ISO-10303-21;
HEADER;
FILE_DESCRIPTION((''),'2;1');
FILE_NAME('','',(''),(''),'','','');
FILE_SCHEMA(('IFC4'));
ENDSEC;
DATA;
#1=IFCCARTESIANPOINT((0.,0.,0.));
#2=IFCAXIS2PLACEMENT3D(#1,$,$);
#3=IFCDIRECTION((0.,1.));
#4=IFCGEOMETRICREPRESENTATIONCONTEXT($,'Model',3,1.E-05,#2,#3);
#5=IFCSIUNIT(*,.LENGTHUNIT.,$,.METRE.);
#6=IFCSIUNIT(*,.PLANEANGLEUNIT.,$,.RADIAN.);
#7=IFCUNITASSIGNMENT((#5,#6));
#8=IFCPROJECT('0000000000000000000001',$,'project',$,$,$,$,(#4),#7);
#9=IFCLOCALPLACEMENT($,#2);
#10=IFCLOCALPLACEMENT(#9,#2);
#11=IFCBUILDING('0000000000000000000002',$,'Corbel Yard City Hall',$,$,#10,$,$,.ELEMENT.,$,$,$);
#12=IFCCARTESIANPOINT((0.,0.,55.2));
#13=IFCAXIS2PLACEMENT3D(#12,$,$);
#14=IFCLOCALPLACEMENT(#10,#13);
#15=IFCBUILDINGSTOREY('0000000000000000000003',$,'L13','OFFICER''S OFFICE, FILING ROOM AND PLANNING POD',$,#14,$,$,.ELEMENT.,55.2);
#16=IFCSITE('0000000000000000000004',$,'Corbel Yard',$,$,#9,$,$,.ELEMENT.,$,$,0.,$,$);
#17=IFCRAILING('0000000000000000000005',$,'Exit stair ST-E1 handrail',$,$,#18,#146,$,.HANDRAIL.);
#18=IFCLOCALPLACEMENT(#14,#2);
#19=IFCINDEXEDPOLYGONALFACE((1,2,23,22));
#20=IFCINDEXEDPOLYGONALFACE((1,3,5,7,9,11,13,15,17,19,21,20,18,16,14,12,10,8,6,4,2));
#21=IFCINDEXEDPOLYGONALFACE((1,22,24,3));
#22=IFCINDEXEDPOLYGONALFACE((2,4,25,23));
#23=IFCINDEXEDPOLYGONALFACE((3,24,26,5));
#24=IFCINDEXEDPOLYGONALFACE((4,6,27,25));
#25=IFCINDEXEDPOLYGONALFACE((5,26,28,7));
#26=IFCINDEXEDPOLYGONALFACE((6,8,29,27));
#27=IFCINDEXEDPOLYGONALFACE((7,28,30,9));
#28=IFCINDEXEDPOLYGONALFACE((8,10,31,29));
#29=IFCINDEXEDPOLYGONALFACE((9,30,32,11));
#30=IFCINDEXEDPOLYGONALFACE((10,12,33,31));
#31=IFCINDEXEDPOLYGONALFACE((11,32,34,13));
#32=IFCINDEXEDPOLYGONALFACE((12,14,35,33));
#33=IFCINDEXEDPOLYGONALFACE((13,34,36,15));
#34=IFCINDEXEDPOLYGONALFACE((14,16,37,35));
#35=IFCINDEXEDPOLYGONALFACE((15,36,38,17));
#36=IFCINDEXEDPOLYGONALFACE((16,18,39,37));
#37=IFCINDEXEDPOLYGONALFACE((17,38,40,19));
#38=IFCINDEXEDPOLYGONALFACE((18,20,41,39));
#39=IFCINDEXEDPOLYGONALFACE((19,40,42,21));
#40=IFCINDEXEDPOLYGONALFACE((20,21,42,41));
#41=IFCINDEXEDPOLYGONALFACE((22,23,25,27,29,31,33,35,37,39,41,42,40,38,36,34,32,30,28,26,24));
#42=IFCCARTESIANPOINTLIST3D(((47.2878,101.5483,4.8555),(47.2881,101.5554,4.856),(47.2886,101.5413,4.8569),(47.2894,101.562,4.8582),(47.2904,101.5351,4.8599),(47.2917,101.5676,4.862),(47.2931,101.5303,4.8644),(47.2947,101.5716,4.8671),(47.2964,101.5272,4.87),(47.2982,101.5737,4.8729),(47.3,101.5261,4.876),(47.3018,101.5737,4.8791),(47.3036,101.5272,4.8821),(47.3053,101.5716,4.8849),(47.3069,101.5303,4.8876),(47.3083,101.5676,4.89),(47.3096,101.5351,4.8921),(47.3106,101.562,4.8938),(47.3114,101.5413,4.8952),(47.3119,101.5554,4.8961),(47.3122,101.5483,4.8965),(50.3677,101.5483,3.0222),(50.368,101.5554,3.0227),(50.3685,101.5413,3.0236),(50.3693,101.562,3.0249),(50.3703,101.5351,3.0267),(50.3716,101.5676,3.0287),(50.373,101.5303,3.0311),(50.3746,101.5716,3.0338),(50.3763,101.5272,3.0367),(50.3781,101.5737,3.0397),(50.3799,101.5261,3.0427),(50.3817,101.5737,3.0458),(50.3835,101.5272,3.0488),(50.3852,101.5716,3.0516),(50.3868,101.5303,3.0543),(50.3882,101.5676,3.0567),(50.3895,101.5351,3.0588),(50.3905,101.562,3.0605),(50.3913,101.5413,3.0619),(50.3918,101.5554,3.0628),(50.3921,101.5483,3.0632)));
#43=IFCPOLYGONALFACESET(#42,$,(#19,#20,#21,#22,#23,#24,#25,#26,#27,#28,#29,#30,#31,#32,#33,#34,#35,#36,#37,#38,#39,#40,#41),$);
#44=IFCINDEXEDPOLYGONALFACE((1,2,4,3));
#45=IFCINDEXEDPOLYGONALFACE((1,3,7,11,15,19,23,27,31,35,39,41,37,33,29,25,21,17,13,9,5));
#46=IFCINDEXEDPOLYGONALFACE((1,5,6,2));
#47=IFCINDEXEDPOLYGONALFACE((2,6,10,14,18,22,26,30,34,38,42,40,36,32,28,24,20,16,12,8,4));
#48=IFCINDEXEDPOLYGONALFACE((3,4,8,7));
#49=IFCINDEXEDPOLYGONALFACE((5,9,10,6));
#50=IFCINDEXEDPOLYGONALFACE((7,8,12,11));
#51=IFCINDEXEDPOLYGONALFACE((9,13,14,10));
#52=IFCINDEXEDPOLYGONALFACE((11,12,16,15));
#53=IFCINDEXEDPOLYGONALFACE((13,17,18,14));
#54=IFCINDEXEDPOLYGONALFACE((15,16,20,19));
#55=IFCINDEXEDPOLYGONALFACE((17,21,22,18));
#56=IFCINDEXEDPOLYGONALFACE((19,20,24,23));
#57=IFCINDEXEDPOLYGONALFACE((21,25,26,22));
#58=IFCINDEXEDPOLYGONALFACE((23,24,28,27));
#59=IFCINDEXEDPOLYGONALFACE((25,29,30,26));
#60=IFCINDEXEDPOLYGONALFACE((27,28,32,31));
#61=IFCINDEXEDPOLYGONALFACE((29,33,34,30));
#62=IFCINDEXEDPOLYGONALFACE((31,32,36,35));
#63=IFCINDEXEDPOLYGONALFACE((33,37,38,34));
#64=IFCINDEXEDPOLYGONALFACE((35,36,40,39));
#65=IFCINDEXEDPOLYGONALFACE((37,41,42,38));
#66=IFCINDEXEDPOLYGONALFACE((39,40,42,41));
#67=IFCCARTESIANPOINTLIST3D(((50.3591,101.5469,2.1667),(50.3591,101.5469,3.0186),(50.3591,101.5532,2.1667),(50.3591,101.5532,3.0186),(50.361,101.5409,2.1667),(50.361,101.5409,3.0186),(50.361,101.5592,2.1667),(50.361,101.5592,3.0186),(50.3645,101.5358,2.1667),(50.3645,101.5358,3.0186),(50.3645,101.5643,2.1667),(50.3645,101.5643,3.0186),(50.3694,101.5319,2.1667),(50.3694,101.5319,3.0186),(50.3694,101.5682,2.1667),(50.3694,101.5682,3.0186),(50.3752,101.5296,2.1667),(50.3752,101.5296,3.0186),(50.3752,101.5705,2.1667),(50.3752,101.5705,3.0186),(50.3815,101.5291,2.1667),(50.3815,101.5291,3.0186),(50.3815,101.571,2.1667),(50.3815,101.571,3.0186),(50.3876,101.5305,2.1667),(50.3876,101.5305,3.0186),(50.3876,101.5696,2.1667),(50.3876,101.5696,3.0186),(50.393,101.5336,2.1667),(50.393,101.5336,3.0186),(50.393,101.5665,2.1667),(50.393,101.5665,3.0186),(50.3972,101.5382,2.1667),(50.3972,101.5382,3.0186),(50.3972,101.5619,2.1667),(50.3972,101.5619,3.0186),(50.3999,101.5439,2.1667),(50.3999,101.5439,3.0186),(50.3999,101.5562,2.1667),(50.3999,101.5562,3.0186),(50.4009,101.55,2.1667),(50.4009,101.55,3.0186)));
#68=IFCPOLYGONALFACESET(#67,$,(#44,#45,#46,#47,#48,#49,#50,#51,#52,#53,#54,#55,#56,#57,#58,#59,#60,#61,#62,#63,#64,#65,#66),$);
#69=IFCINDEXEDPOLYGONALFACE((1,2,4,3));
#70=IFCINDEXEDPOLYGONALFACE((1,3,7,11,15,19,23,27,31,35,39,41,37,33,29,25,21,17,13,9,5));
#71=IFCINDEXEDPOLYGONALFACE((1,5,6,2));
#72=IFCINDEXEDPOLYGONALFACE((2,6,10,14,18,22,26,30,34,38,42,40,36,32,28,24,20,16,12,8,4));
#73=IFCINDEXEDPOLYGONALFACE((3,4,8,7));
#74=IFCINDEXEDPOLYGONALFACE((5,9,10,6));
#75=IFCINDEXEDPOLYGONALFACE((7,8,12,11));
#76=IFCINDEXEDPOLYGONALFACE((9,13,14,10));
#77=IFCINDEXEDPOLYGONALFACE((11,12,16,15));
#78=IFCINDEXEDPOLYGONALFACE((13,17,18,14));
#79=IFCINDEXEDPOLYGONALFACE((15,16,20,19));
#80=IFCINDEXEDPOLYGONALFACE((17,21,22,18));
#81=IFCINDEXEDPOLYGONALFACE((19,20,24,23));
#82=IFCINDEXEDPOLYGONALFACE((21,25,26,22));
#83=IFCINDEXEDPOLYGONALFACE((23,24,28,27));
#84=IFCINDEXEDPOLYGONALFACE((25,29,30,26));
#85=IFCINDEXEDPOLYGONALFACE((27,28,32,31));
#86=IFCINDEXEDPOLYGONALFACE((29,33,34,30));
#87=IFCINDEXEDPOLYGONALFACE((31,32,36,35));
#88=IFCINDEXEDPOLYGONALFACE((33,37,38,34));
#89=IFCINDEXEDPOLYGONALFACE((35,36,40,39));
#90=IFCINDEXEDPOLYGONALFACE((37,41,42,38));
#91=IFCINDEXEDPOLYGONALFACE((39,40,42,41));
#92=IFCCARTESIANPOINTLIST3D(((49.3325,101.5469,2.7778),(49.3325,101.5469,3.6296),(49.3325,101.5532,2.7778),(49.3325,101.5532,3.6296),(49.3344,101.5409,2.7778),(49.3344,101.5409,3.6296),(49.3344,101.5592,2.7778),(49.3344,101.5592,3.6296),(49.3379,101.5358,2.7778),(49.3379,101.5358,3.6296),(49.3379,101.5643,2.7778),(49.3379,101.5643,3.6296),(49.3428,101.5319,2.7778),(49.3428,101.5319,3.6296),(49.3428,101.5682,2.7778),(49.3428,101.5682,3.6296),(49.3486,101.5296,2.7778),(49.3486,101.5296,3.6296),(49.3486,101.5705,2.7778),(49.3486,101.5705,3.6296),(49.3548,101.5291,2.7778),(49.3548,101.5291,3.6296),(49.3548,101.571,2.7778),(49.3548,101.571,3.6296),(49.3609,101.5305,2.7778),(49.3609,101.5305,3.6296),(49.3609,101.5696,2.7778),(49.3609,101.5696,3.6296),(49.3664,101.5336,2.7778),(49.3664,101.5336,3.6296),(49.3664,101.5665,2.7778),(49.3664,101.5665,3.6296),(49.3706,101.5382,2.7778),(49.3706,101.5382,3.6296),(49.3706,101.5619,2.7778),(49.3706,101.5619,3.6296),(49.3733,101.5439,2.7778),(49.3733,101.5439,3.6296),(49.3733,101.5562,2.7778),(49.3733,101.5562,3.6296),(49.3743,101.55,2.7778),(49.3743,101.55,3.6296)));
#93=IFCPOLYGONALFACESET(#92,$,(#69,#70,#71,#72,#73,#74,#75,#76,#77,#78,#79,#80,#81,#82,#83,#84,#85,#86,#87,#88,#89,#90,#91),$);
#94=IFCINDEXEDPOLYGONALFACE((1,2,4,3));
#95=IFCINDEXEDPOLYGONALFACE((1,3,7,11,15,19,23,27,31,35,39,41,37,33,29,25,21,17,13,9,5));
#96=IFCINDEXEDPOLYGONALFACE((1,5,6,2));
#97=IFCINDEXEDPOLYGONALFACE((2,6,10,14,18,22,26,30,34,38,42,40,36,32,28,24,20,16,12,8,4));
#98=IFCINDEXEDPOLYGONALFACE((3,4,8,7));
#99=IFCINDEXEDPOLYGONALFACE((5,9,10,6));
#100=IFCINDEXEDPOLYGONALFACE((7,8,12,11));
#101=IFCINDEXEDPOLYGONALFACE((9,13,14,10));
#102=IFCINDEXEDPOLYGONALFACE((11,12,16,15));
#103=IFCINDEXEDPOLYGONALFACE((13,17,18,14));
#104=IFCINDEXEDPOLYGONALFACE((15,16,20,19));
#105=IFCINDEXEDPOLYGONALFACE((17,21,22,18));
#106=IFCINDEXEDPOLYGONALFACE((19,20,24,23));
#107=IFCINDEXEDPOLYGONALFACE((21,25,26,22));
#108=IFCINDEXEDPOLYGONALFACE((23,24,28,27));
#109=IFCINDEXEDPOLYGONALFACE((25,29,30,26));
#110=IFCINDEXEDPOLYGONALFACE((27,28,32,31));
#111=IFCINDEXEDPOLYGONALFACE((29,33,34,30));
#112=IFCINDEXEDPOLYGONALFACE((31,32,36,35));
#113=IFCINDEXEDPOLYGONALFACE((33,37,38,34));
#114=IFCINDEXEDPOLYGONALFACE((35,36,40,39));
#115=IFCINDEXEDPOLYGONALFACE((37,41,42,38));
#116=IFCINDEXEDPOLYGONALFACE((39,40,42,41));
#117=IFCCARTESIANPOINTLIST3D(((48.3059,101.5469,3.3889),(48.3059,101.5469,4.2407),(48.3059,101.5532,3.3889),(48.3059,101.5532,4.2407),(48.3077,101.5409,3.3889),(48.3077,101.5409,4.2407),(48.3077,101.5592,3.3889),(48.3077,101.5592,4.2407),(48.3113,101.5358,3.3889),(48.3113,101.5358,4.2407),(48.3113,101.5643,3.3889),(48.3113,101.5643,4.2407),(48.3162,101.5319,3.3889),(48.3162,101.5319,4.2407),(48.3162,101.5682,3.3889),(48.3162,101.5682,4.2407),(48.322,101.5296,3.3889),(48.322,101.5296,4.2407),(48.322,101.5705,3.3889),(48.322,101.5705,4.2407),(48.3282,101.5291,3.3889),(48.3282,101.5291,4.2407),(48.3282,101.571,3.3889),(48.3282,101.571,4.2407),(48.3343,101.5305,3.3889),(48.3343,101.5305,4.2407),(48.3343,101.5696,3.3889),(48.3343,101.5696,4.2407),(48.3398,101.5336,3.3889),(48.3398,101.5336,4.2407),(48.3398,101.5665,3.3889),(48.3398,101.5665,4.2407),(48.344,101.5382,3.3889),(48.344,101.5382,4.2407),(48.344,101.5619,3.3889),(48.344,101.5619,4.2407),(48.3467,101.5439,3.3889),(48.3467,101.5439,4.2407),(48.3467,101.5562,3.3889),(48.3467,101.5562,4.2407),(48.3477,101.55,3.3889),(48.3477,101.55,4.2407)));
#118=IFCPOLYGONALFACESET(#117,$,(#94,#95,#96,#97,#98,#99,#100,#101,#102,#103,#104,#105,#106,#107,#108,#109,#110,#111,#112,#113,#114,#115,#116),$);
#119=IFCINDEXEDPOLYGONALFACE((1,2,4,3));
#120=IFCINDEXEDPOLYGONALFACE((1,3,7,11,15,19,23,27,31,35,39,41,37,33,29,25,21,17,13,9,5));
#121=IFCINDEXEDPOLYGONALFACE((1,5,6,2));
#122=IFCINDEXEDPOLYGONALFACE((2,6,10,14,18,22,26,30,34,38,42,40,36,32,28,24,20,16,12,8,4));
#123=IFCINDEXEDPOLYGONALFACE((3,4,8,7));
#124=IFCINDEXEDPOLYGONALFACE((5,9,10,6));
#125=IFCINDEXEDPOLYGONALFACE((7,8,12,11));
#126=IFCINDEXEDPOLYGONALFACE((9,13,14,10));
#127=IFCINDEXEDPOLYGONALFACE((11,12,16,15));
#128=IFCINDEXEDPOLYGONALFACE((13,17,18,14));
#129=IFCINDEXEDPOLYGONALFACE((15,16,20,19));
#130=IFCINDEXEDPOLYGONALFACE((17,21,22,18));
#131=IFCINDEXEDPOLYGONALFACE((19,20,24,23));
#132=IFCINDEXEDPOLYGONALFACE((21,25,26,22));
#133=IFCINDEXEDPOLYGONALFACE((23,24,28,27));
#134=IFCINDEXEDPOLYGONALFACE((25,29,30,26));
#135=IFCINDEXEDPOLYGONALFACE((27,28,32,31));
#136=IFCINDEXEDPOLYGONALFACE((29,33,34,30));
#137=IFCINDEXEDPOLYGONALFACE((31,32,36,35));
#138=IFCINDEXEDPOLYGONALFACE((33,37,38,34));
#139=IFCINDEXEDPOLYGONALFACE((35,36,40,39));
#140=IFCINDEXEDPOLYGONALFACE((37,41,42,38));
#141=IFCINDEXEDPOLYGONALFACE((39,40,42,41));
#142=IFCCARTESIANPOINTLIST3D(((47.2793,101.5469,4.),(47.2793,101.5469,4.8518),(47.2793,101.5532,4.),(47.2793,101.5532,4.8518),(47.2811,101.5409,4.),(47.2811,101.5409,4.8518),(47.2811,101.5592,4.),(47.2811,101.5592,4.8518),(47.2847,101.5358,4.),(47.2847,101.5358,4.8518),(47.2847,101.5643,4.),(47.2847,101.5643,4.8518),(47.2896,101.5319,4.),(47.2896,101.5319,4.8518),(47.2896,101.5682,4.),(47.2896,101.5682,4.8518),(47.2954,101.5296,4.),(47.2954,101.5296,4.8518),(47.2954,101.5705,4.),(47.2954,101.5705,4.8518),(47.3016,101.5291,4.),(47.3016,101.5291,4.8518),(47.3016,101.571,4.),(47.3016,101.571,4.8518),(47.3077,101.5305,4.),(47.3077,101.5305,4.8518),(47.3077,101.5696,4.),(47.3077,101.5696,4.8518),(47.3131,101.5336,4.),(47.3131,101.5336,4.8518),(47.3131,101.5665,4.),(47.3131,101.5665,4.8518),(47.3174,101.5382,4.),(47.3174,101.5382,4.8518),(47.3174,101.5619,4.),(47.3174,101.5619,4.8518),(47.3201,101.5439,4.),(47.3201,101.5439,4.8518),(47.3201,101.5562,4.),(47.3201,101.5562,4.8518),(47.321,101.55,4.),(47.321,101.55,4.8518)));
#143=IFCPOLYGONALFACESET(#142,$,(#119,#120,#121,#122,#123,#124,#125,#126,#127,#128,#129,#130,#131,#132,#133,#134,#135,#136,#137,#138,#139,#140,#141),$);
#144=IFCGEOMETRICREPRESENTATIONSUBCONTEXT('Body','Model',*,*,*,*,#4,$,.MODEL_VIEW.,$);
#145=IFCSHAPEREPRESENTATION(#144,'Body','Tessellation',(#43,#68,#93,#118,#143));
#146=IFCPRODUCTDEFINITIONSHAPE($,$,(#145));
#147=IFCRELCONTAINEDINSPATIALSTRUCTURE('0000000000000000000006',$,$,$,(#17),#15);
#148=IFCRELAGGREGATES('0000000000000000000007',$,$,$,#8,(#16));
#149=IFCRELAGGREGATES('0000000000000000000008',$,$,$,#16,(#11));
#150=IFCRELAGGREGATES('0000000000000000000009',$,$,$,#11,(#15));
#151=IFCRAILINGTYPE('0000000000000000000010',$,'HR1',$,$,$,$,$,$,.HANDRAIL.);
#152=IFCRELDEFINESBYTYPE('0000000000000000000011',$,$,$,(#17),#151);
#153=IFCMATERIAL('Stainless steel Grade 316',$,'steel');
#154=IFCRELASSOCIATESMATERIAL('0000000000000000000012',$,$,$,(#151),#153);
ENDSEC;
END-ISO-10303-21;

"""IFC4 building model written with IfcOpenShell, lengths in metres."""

from ifc_helpers import new_model, si_unit, direction, frame, origin, origin_2d, place, context, subcontext, project, spatial, circle, extrude, material, type_object, element, save


model = new_model("IFC4")

# Units and contexts
model_context = context("Model", 3, precision=1e-05, world=origin(), true_north=direction((0.0, 1.0)))
body_context = subcontext(model_context, "Body", "Model", "MODEL_VIEW")
ifc_project = project(units=[si_unit("LENGTHUNIT", "METRE"), si_unit("PLANEANGLEUNIT", "RADIAN")], contexts=[model_context])

# Site, building, storey
site_placement = place(None, origin())
site = spatial("IfcSite", under=ifc_project, at=site_placement, Name="Corbel Yard", CompositionType="ELEMENT", RefElevation=0.0)
building_placement = place(site_placement, origin())
building = spatial("IfcBuilding", under=site, at=building_placement, Name="Corbel Yard City Hall", CompositionType="ELEMENT")
storey_placement = place(building_placement, frame((0.0, 0.0, 55.2)))
storey = spatial("IfcBuildingStorey", under=building, at=storey_placement, Name="L13", Description="OFFICER'S OFFICE, FILING ROOM AND PLANNING POD", CompositionType="ELEMENT", Elevation=55.2)

# Railing
ifc_material_1 = material(Name="Stainless steel Grade 316", Category="steel")
railing_type = type_object("IfcRailingType", Name="HR1", PredefinedType="HANDRAIL", material=ifc_material_1)
for number, where, name in (
    (1, (50.3799, 101.55, 2.1667), "Exit stair ST-E1 handrail"),
):
    element("IfcRailing", number, at=place(storey_placement, frame(where)), inside=storey, type_object=railing_type, Name=name, PredefinedType="HANDRAIL", context=body_context, shape_type="SweptSolid", body=[
        extrude(circle(Radius=0.0239, at=origin_2d()), frame((0.0, 0.0, 0.876), z_axis=(-0.859291, 0.0, 0.511487), x_axis=(0.0, -1.0, 0.0)), (0.0, 0.0, 1.0), 3.5842),
        extrude(circle(Radius=0.021, at=origin_2d()), origin(), (0.0, 0.0, 1.0), 0.8518),
        extrude(circle(Radius=0.021, at=origin_2d()), frame((-1.0266, 0.0, 0.6111)), (0.0, 0.0, 1.0), 0.8518),
        extrude(circle(Radius=0.021, at=origin_2d()), frame((-2.0532, 0.0, 1.2222)), (0.0, 0.0, 1.0), 0.8518),
        extrude(circle(Radius=0.021, at=origin_2d()), frame((-3.0798, 0.0, 1.8333)), (0.0, 0.0, 1.0), 0.8518),
    ])

save(model, "model.ifc")
